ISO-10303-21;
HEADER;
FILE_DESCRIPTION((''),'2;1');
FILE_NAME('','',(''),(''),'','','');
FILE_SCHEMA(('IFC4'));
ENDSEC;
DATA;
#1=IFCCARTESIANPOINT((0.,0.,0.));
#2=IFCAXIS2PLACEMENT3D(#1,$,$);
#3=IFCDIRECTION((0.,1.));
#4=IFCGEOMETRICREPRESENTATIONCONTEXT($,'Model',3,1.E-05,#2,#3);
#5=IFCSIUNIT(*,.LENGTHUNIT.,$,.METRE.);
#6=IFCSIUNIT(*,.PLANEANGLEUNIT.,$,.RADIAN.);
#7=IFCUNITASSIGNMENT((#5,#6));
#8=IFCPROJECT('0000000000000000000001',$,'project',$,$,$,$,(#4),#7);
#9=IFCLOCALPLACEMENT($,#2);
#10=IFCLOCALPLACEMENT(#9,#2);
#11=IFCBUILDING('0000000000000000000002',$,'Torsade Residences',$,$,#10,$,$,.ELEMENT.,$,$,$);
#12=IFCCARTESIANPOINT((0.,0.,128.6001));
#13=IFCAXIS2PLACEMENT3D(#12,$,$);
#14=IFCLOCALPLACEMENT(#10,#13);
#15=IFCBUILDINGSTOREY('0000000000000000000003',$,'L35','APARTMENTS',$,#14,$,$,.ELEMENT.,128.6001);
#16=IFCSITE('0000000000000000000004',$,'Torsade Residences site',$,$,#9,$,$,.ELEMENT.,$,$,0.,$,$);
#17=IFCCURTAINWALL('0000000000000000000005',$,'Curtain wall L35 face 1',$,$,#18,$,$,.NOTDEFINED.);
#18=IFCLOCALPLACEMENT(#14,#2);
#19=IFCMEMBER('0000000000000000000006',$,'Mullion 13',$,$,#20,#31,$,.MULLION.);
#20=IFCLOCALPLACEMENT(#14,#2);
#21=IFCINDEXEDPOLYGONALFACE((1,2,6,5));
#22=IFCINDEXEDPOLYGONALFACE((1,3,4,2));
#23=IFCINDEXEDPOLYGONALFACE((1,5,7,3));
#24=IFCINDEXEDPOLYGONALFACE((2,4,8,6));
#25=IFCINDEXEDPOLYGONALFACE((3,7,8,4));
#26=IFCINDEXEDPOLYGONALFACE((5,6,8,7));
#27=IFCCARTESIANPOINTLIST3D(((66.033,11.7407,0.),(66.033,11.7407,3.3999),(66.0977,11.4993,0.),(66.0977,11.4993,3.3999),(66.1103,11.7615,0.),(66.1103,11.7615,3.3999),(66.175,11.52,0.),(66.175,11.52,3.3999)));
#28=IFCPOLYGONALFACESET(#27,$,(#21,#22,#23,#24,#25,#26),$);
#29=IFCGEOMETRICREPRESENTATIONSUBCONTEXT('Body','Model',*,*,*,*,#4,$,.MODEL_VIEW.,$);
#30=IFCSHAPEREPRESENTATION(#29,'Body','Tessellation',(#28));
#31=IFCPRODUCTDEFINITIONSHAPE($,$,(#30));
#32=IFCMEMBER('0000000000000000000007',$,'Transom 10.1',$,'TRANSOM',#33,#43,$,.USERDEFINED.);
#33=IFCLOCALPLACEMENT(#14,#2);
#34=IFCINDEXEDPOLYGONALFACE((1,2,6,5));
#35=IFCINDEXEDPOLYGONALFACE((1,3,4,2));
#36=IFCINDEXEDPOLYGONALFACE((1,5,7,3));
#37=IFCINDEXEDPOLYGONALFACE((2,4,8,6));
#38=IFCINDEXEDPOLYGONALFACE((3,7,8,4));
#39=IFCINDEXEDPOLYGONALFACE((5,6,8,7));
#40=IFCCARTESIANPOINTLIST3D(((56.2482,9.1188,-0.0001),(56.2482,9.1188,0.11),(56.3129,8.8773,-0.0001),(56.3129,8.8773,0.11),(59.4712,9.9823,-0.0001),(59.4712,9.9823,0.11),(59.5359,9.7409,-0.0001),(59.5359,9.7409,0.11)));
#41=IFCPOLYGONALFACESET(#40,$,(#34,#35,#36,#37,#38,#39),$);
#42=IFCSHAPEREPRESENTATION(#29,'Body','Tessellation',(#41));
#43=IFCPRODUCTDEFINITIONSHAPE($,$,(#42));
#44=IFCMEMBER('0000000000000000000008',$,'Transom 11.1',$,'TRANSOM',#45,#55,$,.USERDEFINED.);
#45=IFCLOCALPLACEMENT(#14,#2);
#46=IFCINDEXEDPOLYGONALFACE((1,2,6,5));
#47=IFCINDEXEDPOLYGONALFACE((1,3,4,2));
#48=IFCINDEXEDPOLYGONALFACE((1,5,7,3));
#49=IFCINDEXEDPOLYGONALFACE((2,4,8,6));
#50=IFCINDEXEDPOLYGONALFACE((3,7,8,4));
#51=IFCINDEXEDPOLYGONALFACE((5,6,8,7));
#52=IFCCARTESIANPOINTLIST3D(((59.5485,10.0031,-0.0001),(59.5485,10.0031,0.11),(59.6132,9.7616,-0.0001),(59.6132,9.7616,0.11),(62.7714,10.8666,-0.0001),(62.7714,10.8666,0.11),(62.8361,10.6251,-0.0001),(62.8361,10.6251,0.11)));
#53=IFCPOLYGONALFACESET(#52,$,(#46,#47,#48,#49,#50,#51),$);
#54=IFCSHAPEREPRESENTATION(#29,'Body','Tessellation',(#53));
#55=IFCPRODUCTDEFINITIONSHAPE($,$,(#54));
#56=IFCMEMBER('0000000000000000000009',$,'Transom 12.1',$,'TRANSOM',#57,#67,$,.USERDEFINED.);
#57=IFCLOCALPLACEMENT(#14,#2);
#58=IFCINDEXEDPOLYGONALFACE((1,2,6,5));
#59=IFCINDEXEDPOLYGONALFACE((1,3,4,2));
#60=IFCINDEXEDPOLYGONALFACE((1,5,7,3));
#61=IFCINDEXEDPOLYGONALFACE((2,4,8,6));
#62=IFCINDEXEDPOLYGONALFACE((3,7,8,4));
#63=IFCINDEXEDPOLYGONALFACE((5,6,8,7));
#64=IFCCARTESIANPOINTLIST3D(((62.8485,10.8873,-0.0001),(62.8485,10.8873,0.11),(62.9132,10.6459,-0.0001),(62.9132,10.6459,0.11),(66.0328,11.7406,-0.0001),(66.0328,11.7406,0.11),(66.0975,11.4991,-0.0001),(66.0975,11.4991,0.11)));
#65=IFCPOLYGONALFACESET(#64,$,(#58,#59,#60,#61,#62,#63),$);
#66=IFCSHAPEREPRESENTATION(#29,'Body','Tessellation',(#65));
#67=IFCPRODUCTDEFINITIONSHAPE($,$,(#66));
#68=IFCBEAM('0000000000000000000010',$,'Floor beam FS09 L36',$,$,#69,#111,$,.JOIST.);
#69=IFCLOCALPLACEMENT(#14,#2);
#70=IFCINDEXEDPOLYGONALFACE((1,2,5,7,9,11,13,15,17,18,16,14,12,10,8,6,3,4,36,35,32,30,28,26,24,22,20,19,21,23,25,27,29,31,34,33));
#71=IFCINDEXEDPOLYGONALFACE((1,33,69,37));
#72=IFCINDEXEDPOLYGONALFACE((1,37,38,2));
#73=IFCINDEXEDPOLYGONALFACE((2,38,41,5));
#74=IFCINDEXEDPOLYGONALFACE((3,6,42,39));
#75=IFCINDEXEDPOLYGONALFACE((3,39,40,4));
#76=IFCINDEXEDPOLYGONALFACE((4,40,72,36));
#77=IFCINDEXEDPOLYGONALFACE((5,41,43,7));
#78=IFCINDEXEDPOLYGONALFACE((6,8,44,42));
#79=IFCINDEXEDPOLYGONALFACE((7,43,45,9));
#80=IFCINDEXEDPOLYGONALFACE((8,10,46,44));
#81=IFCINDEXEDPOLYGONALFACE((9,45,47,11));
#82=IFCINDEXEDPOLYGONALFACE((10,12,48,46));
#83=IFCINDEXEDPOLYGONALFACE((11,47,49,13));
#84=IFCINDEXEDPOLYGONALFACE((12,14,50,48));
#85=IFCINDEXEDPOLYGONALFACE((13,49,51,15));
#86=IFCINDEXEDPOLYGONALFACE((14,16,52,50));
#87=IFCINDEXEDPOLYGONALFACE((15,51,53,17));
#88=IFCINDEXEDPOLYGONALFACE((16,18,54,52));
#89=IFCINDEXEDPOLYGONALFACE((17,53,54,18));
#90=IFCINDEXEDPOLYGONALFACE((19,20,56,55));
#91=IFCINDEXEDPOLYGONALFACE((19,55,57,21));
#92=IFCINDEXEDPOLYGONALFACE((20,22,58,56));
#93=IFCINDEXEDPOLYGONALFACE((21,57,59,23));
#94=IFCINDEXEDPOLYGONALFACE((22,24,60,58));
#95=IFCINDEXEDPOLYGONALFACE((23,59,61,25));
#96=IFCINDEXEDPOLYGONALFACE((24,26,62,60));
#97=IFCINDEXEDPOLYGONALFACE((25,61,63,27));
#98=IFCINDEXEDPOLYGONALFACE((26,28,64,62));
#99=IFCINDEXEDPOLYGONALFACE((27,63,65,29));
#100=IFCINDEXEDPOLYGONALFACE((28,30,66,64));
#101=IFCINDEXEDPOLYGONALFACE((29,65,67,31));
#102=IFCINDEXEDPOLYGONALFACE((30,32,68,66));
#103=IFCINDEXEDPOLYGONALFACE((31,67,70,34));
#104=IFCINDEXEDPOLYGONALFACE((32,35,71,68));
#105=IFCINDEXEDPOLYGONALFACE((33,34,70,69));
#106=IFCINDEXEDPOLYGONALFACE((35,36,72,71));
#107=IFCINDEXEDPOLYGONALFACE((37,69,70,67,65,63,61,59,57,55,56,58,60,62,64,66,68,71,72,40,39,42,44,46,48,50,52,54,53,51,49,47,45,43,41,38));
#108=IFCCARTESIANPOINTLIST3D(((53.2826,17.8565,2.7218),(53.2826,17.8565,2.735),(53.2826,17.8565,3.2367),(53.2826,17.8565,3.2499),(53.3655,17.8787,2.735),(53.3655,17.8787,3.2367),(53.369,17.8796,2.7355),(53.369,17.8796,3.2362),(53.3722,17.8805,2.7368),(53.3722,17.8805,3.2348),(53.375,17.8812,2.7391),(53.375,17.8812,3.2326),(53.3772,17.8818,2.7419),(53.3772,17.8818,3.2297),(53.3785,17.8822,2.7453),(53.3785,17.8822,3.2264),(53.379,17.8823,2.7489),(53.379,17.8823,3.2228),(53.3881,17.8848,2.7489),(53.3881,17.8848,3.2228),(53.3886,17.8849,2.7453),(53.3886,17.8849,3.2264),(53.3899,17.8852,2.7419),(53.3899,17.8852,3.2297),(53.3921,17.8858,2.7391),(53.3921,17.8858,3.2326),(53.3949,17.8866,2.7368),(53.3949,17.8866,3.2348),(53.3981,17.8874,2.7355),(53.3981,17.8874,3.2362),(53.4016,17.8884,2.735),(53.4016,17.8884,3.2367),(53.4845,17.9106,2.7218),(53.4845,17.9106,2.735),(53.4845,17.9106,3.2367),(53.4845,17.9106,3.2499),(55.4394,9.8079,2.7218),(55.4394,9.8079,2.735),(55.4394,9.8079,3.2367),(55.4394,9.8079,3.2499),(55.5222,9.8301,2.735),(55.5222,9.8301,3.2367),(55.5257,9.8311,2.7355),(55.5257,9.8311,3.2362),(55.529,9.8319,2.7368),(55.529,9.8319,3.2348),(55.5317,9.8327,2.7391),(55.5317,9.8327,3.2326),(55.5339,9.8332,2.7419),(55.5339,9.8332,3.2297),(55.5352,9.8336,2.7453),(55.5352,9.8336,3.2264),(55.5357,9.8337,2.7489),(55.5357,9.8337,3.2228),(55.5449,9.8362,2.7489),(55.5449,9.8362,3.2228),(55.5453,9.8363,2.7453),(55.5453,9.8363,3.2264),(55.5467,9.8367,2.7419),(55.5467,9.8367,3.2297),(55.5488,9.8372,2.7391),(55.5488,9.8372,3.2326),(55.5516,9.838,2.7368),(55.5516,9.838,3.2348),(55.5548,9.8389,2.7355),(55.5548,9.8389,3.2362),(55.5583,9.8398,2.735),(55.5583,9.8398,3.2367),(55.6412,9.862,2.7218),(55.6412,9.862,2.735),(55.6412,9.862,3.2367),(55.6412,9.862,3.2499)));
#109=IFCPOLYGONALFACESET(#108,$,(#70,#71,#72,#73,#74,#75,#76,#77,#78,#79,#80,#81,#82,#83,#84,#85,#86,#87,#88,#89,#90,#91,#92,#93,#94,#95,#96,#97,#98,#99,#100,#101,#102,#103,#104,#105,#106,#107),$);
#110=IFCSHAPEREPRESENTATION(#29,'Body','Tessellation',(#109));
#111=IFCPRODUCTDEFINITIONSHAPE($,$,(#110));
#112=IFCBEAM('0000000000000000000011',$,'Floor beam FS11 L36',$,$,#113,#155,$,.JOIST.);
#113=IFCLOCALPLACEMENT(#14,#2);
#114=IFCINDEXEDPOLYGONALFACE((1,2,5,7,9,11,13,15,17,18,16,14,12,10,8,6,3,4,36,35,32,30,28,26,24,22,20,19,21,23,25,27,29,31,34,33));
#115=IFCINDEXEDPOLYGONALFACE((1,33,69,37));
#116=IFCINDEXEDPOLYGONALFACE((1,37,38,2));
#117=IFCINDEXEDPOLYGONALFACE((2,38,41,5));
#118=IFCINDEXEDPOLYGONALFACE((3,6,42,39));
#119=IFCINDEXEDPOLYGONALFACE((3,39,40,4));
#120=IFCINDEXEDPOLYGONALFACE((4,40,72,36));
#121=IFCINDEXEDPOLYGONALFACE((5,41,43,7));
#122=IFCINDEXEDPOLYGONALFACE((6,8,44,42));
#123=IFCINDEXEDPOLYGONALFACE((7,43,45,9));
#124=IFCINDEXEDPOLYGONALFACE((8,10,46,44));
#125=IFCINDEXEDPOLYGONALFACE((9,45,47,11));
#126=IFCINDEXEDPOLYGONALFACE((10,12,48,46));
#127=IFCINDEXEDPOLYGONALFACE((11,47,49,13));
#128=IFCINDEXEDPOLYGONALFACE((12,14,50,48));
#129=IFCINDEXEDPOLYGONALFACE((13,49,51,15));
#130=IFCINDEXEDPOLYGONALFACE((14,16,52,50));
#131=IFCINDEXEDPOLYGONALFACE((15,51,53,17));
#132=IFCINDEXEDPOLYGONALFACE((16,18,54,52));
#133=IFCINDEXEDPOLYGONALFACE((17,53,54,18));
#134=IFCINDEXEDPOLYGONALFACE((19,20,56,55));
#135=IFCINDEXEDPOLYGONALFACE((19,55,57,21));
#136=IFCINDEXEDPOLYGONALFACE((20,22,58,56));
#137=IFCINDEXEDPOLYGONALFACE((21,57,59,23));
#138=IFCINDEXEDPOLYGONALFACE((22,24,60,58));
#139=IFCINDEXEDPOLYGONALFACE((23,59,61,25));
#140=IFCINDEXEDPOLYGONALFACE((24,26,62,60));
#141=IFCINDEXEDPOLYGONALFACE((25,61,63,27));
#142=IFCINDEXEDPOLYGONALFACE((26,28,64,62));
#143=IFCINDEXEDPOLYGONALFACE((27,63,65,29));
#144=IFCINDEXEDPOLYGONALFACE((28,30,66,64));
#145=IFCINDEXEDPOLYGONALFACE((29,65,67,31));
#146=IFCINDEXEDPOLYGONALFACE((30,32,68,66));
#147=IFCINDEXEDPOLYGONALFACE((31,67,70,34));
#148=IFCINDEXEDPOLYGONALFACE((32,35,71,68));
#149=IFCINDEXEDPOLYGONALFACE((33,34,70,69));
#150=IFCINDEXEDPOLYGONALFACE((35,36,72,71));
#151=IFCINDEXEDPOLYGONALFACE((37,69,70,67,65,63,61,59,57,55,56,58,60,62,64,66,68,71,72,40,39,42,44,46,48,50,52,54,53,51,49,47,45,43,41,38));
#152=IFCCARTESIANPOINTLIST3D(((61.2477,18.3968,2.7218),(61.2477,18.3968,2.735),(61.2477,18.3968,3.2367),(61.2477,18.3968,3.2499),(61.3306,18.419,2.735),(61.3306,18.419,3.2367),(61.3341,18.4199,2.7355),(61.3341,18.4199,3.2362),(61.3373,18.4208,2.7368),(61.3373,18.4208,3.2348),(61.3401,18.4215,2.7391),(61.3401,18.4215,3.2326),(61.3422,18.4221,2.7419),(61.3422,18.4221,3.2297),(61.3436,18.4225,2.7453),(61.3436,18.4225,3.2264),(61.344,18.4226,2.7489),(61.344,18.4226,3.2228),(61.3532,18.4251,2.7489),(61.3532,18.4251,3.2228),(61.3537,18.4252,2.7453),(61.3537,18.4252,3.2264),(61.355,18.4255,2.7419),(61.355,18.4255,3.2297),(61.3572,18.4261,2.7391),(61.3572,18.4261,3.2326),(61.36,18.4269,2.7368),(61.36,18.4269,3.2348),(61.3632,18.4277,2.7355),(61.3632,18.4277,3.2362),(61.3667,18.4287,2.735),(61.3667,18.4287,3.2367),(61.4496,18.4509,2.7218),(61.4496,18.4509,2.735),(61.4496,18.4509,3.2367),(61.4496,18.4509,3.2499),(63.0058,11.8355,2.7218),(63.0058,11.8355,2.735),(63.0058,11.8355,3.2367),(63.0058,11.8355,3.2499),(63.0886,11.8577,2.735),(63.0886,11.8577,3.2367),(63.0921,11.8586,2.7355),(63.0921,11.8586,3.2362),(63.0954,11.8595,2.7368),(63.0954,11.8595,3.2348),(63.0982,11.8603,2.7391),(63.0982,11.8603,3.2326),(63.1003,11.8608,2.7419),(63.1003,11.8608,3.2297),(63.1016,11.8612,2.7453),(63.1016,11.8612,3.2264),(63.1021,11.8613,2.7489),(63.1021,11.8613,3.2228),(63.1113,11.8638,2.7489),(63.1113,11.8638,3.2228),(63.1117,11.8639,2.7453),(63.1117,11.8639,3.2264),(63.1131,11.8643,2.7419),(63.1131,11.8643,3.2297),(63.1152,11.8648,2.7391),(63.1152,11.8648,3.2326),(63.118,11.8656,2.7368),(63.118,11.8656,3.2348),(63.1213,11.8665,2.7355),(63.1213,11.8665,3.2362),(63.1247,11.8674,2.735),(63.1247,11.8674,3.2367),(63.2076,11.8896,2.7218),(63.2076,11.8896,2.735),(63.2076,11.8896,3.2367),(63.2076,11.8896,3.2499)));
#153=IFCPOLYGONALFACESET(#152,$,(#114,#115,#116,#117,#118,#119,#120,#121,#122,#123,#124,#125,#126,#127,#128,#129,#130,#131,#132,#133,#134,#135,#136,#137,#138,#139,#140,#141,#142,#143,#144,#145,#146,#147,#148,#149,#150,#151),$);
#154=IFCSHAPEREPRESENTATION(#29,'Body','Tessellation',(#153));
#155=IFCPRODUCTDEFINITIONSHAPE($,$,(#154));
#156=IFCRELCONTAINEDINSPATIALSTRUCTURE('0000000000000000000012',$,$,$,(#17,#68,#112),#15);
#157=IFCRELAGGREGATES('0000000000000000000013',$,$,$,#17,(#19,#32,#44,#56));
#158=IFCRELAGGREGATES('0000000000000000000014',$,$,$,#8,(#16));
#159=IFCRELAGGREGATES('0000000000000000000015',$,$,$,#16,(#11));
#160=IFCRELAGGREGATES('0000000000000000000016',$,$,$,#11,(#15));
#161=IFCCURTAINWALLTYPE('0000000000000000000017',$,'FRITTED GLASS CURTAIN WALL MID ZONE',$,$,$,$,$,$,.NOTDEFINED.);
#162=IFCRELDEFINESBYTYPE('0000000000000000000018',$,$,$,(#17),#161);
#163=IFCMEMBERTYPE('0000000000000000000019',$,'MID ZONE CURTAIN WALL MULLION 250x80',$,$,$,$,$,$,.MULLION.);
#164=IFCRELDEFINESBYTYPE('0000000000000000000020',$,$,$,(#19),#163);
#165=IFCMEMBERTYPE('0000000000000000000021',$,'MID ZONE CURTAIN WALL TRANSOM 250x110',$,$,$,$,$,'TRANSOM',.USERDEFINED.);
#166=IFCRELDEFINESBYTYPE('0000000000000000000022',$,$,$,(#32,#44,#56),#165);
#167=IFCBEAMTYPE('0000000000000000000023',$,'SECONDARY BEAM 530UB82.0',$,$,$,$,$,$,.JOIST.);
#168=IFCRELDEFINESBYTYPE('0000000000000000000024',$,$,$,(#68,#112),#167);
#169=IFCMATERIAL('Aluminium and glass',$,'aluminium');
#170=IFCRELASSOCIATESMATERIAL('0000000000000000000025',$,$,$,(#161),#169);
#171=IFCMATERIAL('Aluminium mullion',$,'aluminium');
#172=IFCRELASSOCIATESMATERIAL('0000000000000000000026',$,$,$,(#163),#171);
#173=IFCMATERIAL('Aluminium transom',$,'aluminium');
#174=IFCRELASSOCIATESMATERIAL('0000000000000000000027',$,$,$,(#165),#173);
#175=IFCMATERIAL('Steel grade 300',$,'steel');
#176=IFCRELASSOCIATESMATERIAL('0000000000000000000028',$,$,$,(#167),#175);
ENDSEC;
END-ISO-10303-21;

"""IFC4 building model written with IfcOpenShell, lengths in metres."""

from ifc_helpers import new_model, si_unit, direction, frame, origin, origin_2d, place, context, subcontext, project, spatial, rectangle, i_section, extrude, material, material_profile, profile_set, type_object, element, aggregate, save


model = new_model("IFC4")

# Units and contexts
model_context = context("Model", 3, precision=1e-05, world=origin(), true_north=direction((0.0, 1.0)))
body_context = subcontext(model_context, "Body", "Model", "MODEL_VIEW")
ifc_project = project(units=[si_unit("LENGTHUNIT", "METRE"), si_unit("PLANEANGLEUNIT", "RADIAN")], contexts=[model_context])

# Site, building, storey
site_placement = place(None, origin())
site = spatial("IfcSite", under=ifc_project, at=site_placement, Name="Torsade Residences site", CompositionType="ELEMENT", RefElevation=0.0)
building_placement = place(site_placement, origin())
building = spatial("IfcBuilding", under=site, at=building_placement, Name="Torsade Residences", CompositionType="ELEMENT")
storey_placement = place(building_placement, frame((0.0, 0.0, 128.6001)))
storey = spatial("IfcBuildingStorey", under=building, at=storey_placement, Name="L35", Description="APARTMENTS", CompositionType="ELEMENT", Elevation=128.6001)

# Curtain wall, members
ifc_material_1 = material(Name="Aluminium and glass", Category="aluminium")
curtain_wall_type = type_object("IfcCurtainWallType", Name="FRITTED GLASS CURTAIN WALL MID ZONE", PredefinedType="NOTDEFINED", material=ifc_material_1)
curtain_wall_placement = place(storey_placement, origin())
curtain_wall = element("IfcCurtainWall", 1, at=curtain_wall_placement, inside=storey, type_object=curtain_wall_type, Name="Curtain wall L35 face 1", PredefinedType="NOTDEFINED")
ifc_material_2 = material(Name="Aluminium mullion", Category="aluminium")
ifc_material_profile_1 = material_profile(ifc_material_2, rectangle(XDim=0.25, YDim=0.0801, at=origin_2d()), Name="MID ZONE CURTAIN WALL MULLION 250x80")
ifc_profile_set_1 = profile_set([ifc_material_profile_1], Name="Aluminium mullion")
member_type_1 = type_object("IfcMemberType", Name="MID ZONE CURTAIN WALL MULLION 250x80", PredefinedType="MULLION", material=ifc_profile_set_1)
member_1_placement = place(storey_placement, frame((66.104, 11.6304, 0.0), z_axis=(0.0, 0.0, 1.0), x_axis=(-0.258819, 0.965926, 0.0)))
member_1 = element("IfcMember", 2, at=member_1_placement, type_object=member_type_1, Name="Mullion 13", PredefinedType="MULLION", context=body_context, shape_type="SweptSolid", body=[
    extrude(rectangle(XDim=0.25, YDim=0.0801, at=origin_2d()), origin(), (0.0, 0.0, 1.0), 3.3999),
])
ifc_material_3 = material(Name="Aluminium transom", Category="aluminium")
ifc_material_profile_2 = material_profile(ifc_material_3, rectangle(XDim=0.25, YDim=0.1101, at=origin_2d()), Name="MID ZONE CURTAIN WALL TRANSOM 250x110")
ifc_profile_set_2 = profile_set([ifc_material_profile_2], Name="Aluminium transom")
member_type_2 = type_object("IfcMemberType", Name="MID ZONE CURTAIN WALL TRANSOM 250x110", ElementType="TRANSOM", PredefinedType="USERDEFINED", material=ifc_profile_set_2)
member_2_placement = place(storey_placement, frame((56.2805, 8.998, 0.0549), z_axis=(0.965929, 0.258806, 0.0), x_axis=(-0.258806, 0.965929, 0.0)))
member_2 = element("IfcMember", 3, at=member_2_placement, type_object=member_type_2, Name="Transom 10.1", ObjectType="TRANSOM", PredefinedType="USERDEFINED", context=body_context, shape_type="SweptSolid", body=[
    extrude(rectangle(XDim=0.25, YDim=0.1101, at=origin_2d()), origin(), (0.0, 0.0, 1.0), 3.3367),
])
member_3_placement = place(storey_placement, frame((59.5808, 9.8823, 0.0549), z_axis=(0.965929, 0.258806, 0.0), x_axis=(-0.258806, 0.965929, 0.0)))
member_3 = element("IfcMember", 4, at=member_3_placement, type_object=member_type_2, Name="Transom 11.1", ObjectType="TRANSOM", PredefinedType="USERDEFINED", context=body_context, shape_type="SweptSolid", body=[
    extrude(rectangle(XDim=0.25, YDim=0.1101, at=origin_2d()), origin(), (0.0, 0.0, 1.0), 3.3367),
])
member_4_placement = place(storey_placement, frame((62.8809, 10.7666, 0.0549), z_axis=(0.965923, 0.258829, 0.0), x_axis=(-0.258829, 0.965923, 0.0)))
member_4 = element("IfcMember", 5, at=member_4_placement, type_object=member_type_2, Name="Transom 12.1", ObjectType="TRANSOM", PredefinedType="USERDEFINED", context=body_context, shape_type="SweptSolid", body=[
    extrude(rectangle(XDim=0.25, YDim=0.1101, at=origin_2d()), origin(), (0.0, 0.0, 1.0), 3.2966),
])

# Beams
ifc_material_4 = material(Name="Steel grade 300", Category="steel")
ifc_material_profile_3 = material_profile(ifc_material_4, i_section(OverallWidth=0.209, OverallDepth=0.5281, WebThickness=0.0095, FlangeThickness=0.0132, FilletRadius=0.0139, at=origin_2d()), Name="530UB82.0")
ifc_profile_set_3 = profile_set([ifc_material_profile_3], Name="Steel grade 300")
beam_type_1 = type_object("IfcBeamType", Name="SECONDARY BEAM 530UB82.0", PredefinedType="JOIST", material=ifc_profile_set_3)
beam_1_placement = place(storey_placement, frame((55.5403, 9.835, 2.9858), z_axis=(-0.258833, 0.965922, 0.0), x_axis=(-0.965922, -0.258833, 0.0)))
element("IfcBeam", 6, at=beam_1_placement, inside=storey, type_object=beam_type_1, Name="Floor beam FS09 L36", PredefinedType="JOIST", context=body_context, shape_type="SweptSolid", body=[
    extrude(i_section(OverallWidth=0.209, OverallDepth=0.5281, WebThickness=0.0095, FlangeThickness=0.0132, FilletRadius=0.0139, at=origin_2d()), origin(), (0.0, 0.0, 1.0), 8.3325),
])
beam_2_placement = place(storey_placement, frame((63.1067, 11.8625, 2.9858), z_axis=(-0.258815, 0.965927, 0.0), x_axis=(-0.965927, -0.258815, 0.0)))
element("IfcBeam", 7, at=beam_2_placement, inside=storey, type_object=beam_type_1, Name="Floor beam FS11 L36", PredefinedType="JOIST", context=body_context, shape_type="SweptSolid", body=[
    extrude(i_section(OverallWidth=0.209, OverallDepth=0.5281, WebThickness=0.0095, FlangeThickness=0.0132, FilletRadius=0.0139, at=origin_2d()), origin(), (0.0, 0.0, 1.0), 6.7927),
])

aggregate(curtain_wall, [member_1, member_2, member_3, member_4])

save(model, "model.ifc")
